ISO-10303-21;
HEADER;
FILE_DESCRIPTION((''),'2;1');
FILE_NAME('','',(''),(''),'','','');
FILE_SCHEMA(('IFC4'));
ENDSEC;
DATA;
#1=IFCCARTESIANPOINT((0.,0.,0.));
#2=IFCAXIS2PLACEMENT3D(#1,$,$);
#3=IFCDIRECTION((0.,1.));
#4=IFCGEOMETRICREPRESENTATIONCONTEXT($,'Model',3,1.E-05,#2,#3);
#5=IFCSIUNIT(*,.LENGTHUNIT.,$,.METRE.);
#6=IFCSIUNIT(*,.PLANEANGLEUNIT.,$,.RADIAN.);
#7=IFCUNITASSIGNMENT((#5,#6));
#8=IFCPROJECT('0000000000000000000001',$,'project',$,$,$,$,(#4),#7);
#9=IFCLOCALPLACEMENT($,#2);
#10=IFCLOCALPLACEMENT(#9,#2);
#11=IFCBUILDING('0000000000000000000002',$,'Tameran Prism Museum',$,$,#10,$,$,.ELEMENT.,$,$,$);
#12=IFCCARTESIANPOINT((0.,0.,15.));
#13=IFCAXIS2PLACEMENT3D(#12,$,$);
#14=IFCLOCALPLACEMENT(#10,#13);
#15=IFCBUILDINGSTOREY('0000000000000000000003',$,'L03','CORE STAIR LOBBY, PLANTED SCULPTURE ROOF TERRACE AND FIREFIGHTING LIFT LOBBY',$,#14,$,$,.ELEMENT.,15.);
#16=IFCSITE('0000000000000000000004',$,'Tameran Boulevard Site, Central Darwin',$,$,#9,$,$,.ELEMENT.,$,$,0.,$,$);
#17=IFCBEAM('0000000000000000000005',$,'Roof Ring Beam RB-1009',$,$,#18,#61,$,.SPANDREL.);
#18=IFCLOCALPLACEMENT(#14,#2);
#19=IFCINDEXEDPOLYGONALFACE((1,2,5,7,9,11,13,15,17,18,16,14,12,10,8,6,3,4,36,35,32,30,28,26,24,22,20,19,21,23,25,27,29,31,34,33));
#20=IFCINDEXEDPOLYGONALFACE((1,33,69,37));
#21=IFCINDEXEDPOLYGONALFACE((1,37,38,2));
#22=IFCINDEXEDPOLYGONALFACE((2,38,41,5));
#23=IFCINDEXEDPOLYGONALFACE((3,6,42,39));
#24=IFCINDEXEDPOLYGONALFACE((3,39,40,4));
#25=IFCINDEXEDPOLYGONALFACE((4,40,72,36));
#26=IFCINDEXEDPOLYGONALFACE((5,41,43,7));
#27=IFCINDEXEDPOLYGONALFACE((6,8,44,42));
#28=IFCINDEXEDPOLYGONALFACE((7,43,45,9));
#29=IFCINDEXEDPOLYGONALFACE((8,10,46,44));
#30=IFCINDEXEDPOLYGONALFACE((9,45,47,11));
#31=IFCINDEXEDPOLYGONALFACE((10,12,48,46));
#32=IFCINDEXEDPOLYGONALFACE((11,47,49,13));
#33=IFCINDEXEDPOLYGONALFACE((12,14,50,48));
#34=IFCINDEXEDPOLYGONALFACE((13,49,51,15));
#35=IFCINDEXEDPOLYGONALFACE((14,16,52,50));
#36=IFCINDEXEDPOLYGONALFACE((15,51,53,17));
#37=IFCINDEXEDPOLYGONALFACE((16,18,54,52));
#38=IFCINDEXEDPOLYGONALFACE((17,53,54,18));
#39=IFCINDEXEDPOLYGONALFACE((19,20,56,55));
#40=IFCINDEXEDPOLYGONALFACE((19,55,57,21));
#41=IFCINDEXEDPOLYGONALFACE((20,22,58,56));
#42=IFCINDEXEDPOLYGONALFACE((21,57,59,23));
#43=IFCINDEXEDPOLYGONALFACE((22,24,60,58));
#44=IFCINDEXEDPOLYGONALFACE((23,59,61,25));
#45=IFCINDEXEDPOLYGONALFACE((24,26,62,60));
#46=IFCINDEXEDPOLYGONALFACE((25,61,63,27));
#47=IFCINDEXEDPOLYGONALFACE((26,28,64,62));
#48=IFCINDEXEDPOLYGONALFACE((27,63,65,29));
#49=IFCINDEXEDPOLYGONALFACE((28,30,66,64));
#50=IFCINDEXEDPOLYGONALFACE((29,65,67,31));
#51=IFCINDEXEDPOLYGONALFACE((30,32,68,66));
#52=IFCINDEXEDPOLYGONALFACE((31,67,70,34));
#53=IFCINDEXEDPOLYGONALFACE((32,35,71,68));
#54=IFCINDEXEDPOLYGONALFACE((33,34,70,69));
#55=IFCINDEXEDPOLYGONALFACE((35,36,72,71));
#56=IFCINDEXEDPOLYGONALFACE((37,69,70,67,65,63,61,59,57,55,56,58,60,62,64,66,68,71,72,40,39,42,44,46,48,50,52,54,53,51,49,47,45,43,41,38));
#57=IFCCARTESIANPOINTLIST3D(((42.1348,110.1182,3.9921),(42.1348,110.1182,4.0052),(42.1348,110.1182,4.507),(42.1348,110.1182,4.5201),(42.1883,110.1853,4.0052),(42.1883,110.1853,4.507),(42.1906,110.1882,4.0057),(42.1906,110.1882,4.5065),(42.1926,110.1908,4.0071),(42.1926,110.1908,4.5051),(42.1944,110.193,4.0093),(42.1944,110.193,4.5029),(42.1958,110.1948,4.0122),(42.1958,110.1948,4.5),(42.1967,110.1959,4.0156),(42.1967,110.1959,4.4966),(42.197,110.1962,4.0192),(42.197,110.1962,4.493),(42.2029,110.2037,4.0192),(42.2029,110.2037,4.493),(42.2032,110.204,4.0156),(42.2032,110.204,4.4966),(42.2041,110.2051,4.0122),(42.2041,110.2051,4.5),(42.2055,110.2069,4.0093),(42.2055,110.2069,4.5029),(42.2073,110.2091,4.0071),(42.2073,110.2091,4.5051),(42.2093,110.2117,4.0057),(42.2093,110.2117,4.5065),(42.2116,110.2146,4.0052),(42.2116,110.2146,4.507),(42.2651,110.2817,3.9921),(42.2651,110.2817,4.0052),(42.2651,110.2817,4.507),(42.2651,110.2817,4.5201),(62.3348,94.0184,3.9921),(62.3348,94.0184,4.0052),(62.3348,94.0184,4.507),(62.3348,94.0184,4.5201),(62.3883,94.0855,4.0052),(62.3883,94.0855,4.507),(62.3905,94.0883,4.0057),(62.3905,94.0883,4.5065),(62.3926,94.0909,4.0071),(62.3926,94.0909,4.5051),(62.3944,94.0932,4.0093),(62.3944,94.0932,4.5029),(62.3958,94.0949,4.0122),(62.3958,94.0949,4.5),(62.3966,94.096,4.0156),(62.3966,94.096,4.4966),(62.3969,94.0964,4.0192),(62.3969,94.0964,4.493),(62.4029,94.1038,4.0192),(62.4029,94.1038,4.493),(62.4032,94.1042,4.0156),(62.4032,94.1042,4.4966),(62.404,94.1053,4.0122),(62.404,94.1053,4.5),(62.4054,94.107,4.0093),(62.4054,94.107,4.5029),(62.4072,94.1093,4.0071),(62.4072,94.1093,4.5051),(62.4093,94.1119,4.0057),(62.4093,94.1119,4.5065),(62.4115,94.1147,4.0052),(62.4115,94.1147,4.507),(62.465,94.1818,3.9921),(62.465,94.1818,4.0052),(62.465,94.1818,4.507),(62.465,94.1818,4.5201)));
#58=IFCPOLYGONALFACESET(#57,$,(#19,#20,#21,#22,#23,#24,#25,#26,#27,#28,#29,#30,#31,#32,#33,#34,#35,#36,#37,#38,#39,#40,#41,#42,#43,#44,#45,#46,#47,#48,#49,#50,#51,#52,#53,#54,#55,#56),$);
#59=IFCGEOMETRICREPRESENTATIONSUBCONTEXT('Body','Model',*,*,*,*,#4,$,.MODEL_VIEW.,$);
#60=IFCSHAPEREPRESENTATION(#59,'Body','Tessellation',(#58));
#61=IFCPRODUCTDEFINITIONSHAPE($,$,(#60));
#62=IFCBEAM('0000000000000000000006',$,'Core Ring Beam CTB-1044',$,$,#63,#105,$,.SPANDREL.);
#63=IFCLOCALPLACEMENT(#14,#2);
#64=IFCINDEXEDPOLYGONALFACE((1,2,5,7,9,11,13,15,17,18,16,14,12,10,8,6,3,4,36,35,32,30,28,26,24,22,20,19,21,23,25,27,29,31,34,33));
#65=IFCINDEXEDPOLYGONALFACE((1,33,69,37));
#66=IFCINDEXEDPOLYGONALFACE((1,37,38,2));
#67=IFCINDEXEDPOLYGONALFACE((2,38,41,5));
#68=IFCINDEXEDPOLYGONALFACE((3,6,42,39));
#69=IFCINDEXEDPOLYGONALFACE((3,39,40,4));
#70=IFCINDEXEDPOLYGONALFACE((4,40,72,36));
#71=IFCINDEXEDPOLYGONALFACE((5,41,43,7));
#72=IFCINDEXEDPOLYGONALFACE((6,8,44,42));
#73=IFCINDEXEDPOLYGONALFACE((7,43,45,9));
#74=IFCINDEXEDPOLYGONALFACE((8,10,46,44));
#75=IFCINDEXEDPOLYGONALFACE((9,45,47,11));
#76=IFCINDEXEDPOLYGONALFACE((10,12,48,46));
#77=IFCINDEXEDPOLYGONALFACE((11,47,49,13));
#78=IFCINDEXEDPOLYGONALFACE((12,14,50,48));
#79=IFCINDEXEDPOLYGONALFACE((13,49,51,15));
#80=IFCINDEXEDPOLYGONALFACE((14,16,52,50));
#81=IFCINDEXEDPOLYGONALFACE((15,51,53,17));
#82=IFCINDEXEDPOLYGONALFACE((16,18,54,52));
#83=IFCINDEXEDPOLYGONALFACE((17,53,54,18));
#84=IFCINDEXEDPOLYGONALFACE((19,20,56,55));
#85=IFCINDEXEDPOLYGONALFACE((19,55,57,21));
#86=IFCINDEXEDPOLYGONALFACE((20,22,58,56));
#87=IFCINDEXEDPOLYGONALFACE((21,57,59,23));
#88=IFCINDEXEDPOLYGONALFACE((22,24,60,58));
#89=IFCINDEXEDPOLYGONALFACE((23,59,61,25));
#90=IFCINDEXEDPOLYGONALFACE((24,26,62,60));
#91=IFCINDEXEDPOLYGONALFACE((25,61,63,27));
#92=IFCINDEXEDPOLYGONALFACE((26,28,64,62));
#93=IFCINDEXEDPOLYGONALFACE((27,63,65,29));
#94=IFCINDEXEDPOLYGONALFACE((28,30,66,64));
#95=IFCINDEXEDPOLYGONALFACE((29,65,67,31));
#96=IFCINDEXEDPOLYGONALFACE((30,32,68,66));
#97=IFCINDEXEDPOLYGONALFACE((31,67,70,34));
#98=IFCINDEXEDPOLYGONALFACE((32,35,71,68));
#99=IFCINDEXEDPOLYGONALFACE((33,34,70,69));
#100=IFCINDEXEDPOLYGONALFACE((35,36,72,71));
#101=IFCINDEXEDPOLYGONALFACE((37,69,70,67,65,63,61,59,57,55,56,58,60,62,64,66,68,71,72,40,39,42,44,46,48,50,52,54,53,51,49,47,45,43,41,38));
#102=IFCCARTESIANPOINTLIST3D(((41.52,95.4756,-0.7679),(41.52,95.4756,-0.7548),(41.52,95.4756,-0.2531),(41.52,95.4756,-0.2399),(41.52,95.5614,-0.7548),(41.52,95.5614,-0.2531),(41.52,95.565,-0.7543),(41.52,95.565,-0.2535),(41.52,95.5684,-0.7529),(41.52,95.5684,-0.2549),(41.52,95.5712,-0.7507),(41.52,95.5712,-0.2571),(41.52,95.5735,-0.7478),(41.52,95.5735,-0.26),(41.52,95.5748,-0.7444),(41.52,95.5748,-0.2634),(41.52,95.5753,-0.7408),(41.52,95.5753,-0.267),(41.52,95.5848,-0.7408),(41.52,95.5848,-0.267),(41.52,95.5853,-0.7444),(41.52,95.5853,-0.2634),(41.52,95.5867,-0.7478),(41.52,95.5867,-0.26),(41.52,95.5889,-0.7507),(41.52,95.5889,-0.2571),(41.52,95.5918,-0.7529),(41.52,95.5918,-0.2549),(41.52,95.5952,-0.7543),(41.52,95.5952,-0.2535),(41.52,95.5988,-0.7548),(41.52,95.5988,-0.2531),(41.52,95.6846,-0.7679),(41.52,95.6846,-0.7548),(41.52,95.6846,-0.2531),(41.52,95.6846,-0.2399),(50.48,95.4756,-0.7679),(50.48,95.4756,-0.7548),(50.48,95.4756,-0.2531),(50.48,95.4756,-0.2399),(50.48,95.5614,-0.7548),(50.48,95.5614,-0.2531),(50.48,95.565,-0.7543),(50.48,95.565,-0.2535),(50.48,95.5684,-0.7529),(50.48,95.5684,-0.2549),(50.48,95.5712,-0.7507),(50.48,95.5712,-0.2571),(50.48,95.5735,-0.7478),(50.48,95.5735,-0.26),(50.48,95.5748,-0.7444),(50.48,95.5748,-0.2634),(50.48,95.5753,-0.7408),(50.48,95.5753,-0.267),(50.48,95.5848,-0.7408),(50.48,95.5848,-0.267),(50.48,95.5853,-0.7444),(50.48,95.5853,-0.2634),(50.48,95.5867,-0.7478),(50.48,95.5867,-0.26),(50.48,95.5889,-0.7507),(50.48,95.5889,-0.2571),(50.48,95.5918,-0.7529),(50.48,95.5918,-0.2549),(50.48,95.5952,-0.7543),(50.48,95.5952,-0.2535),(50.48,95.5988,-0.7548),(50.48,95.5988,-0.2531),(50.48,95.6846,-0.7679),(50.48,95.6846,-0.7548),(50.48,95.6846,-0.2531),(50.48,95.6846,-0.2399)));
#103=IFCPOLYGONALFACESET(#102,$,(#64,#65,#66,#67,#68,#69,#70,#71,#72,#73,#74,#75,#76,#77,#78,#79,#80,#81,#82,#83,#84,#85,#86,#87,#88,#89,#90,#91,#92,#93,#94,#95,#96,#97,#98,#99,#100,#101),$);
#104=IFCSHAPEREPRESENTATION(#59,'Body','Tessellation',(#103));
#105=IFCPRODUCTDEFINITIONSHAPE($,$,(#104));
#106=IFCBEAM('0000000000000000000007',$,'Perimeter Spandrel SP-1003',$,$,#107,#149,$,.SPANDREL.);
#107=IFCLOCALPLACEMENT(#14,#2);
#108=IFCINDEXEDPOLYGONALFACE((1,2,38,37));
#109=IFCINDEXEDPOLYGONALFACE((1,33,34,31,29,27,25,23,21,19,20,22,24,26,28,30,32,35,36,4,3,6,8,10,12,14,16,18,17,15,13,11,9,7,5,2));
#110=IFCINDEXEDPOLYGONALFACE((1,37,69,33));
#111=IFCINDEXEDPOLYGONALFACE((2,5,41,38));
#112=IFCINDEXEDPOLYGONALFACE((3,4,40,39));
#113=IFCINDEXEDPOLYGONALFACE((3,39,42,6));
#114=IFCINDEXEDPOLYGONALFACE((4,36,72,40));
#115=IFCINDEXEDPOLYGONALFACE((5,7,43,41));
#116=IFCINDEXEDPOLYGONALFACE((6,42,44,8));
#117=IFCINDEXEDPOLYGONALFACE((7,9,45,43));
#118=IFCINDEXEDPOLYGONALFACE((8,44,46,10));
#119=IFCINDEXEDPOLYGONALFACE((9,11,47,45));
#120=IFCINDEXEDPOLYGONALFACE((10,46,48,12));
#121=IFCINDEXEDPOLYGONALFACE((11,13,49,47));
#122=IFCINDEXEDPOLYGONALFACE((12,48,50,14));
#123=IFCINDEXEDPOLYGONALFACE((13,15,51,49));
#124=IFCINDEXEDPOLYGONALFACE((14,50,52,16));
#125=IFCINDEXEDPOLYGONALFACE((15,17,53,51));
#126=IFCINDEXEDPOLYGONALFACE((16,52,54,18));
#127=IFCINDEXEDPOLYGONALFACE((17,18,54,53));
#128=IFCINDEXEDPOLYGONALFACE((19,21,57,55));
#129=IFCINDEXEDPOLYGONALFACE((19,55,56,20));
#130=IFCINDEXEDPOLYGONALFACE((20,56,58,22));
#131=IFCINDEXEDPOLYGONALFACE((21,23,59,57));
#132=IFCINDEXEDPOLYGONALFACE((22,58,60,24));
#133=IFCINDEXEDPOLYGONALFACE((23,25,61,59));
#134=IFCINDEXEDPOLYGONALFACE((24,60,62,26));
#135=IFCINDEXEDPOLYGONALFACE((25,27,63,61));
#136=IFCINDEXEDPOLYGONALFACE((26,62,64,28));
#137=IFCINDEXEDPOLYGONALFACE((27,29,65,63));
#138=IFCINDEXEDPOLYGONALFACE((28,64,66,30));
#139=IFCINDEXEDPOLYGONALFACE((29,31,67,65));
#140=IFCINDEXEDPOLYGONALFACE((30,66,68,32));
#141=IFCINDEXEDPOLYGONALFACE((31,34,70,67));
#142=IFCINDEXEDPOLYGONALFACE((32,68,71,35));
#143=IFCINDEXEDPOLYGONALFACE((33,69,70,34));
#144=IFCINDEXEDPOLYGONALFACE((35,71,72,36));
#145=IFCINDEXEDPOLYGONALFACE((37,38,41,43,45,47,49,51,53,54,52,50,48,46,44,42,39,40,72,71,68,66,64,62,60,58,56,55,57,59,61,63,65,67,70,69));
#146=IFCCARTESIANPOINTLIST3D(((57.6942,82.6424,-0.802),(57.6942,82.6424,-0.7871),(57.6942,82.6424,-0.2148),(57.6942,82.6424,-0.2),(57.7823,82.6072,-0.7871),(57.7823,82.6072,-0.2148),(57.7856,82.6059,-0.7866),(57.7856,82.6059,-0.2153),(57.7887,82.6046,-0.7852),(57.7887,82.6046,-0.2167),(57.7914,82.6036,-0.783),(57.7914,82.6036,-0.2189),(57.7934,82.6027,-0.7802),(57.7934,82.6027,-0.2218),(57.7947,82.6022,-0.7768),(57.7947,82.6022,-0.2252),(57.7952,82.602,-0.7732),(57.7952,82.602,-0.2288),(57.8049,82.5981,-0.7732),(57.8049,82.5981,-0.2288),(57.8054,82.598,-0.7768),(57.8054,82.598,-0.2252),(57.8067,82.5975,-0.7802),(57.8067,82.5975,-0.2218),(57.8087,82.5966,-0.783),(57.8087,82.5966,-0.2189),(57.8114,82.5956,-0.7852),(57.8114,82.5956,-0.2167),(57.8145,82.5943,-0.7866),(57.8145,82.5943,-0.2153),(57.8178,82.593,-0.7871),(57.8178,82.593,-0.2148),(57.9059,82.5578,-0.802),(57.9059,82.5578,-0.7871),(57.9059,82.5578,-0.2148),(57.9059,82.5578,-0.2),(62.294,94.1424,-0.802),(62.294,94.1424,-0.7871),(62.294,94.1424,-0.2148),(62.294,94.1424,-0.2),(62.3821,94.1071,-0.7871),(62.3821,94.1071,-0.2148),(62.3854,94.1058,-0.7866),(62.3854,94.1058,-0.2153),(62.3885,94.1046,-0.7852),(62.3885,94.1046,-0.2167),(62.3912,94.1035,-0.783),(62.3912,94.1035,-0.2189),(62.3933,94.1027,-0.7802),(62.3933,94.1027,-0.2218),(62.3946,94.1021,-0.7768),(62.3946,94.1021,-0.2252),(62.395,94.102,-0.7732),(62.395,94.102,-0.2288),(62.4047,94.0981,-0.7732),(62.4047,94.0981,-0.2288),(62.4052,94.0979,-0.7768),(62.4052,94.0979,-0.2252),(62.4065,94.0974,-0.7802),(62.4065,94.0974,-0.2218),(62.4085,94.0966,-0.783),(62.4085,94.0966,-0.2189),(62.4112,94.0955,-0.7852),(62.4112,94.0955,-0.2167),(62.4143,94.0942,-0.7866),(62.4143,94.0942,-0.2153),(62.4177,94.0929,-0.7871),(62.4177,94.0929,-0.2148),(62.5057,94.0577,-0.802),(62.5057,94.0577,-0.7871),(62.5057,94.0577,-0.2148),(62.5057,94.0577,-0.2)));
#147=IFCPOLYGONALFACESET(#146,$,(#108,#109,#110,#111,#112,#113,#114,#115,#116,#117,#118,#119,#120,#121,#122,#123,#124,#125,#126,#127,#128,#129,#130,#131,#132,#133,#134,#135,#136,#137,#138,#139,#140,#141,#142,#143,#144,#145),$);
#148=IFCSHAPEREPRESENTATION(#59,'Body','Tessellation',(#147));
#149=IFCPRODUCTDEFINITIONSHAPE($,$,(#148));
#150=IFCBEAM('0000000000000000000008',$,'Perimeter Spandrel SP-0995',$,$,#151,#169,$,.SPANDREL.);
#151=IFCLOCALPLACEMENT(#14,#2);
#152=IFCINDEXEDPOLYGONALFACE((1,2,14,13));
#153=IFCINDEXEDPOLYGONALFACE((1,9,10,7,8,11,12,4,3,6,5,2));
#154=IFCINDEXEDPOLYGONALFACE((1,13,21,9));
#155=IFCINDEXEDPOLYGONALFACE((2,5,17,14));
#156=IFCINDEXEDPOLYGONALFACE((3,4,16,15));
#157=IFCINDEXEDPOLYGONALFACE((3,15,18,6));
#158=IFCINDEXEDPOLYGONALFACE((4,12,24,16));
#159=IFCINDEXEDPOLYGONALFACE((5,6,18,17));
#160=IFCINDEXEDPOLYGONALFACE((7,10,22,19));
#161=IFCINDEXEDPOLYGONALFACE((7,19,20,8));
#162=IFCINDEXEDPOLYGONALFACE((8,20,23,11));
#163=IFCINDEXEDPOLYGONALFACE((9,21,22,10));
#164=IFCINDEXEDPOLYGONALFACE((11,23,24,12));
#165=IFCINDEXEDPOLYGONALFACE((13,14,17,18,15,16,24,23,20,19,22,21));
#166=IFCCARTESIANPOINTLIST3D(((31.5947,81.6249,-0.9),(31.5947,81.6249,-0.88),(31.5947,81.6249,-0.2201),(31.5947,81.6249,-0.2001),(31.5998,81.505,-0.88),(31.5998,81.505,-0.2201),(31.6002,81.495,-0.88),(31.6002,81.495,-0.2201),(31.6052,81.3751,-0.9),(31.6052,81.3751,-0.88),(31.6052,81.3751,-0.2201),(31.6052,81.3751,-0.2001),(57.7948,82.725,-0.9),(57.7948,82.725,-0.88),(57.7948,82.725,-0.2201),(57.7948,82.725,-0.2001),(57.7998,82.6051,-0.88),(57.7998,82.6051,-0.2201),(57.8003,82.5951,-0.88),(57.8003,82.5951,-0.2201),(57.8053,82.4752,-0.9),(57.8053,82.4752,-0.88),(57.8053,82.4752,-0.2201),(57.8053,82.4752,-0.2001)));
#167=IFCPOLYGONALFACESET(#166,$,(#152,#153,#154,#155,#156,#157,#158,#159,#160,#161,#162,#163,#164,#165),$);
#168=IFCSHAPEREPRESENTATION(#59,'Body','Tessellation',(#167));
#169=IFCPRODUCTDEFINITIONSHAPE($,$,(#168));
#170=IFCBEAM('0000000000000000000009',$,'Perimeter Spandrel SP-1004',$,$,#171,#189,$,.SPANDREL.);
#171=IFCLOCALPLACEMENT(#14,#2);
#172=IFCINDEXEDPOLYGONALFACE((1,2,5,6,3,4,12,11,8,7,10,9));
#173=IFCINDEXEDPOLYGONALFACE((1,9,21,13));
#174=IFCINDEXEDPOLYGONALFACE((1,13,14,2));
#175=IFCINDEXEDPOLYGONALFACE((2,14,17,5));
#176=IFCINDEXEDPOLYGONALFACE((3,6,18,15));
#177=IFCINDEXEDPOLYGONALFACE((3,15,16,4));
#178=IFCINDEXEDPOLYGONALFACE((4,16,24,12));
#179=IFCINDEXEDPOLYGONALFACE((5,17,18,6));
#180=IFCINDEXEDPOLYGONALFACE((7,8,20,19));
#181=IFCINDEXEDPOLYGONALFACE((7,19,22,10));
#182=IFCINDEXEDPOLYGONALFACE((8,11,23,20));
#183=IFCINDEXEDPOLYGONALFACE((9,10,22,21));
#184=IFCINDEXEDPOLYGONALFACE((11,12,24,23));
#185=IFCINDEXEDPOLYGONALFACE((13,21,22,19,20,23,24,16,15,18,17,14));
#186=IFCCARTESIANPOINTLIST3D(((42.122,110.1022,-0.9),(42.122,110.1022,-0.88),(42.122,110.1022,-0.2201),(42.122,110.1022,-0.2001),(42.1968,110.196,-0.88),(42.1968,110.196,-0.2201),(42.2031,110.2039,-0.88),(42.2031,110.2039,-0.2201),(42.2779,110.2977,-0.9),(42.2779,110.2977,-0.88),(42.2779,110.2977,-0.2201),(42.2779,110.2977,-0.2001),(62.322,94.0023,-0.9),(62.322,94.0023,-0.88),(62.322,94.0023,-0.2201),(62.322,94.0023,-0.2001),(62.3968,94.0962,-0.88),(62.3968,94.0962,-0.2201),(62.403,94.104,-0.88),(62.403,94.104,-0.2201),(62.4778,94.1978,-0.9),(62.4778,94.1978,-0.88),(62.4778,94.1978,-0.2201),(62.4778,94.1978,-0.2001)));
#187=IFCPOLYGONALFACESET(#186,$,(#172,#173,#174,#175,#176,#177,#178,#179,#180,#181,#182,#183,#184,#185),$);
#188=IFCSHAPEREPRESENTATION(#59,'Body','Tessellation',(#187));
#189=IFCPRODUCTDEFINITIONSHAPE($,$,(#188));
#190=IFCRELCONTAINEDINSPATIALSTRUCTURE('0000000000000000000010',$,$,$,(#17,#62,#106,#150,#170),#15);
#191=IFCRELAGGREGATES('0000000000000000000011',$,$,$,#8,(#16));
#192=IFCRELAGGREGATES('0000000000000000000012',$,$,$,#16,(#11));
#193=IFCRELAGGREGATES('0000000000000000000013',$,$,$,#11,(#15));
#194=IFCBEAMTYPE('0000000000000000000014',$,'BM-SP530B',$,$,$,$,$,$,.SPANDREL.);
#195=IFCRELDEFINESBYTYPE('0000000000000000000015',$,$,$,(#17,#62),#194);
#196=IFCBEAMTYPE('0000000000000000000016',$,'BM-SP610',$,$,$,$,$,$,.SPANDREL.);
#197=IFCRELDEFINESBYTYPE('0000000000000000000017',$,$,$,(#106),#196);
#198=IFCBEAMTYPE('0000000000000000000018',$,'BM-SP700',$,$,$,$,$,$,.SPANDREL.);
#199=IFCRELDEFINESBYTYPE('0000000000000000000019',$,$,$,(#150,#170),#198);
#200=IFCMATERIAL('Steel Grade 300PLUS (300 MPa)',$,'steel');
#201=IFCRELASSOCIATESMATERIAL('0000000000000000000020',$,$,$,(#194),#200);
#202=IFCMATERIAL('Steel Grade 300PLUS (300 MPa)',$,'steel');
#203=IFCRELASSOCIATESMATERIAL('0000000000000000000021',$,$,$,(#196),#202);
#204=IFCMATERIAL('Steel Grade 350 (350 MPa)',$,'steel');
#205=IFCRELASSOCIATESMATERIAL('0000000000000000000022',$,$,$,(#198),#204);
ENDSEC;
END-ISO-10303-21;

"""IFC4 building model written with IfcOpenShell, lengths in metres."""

from ifc_helpers import new_model, si_unit, direction, frame, origin, origin_2d, place, context, subcontext, project, spatial, i_section, extrude, material, material_profile, profile_set, type_object, element, save


model = new_model("IFC4")

# Units and contexts
model_context = context("Model", 3, precision=1e-05, world=origin(), true_north=direction((0.0, 1.0)))
body_context = subcontext(model_context, "Body", "Model", "MODEL_VIEW")
ifc_project = project(units=[si_unit("LENGTHUNIT", "METRE"), si_unit("PLANEANGLEUNIT", "RADIAN")], contexts=[model_context])

# Site, building, storey
site_placement = place(None, origin())
site = spatial("IfcSite", under=ifc_project, at=site_placement, Name="Tameran Boulevard Site, Central Darwin", CompositionType="ELEMENT", RefElevation=0.0)
building_placement = place(site_placement, origin())
building = spatial("IfcBuilding", under=site, at=building_placement, Name="Tameran Prism Museum", CompositionType="ELEMENT")
storey_placement = place(building_placement, frame((0.0, 0.0, 15.0)))
storey = spatial("IfcBuildingStorey", under=building, at=storey_placement, Name="L03", Description="CORE STAIR LOBBY, PLANTED SCULPTURE ROOF TERRACE AND FIREFIGHTING LIFT LOBBY", CompositionType="ELEMENT", Elevation=15.0)

# Beams
ifc_material_1 = material(Name="Steel Grade 300PLUS (300 MPa)", Category="steel")
ifc_material_profile_1 = material_profile(ifc_material_1, i_section(OverallWidth=0.209, OverallDepth=0.5281, WebThickness=0.0095, FlangeThickness=0.0132, FilletRadius=0.0139, at=origin_2d()))
ifc_profile_set_1 = profile_set([ifc_material_profile_1])
beam_type_1 = type_object("IfcBeamType", Name="BM-SP530B", PredefinedType="SPANDREL", material=ifc_profile_set_1)
beam_1_placement = place(storey_placement, frame((62.3999, 94.1001, 4.2561), z_axis=(-0.782003, 0.623275, 0.0), x_axis=(-0.623275, -0.782003, 0.0)))
element("IfcBeam", 1, at=beam_1_placement, inside=storey, type_object=beam_type_1, Name="Roof Ring Beam RB-1009", PredefinedType="SPANDREL", context=body_context, shape_type="SweptSolid", body=[
    extrude(i_section(OverallWidth=0.209, OverallDepth=0.5281, WebThickness=0.0095, FlangeThickness=0.0132, FilletRadius=0.0139, at=origin_2d()), origin(), (0.0, 0.0, 1.0), 25.8311),
])
beam_2_placement = place(storey_placement, frame((50.48, 95.5801, -0.5039), z_axis=(-1.0, 0.0, 0.0), x_axis=(0.0, -1.0, 0.0)))
element("IfcBeam", 2, at=beam_2_placement, inside=storey, type_object=beam_type_1, Name="Core Ring Beam CTB-1044", PredefinedType="SPANDREL", context=body_context, shape_type="SweptSolid", body=[
    extrude(i_section(OverallWidth=0.209, OverallDepth=0.5281, WebThickness=0.0095, FlangeThickness=0.0132, FilletRadius=0.0139, at=origin_2d()), origin(), (0.0, 0.0, 1.0), 8.96),
])
ifc_material_2 = material(Name="Steel Grade 300PLUS (300 MPa)", Category="steel")
ifc_material_profile_2 = material_profile(ifc_material_2, i_section(OverallWidth=0.228, OverallDepth=0.6021, WebThickness=0.0105, FlangeThickness=0.0149, FilletRadius=0.0139, at=origin_2d()))
ifc_profile_set_2 = profile_set([ifc_material_profile_2])
beam_type_2 = type_object("IfcBeamType", Name="BM-SP610", PredefinedType="SPANDREL", material=ifc_profile_set_2)
beam_3_placement = place(storey_placement, frame((57.8, 82.6001, -0.501), z_axis=(0.37138, 0.928481, 0.0), x_axis=(-0.928481, 0.37138, 0.0)))
element("IfcBeam", 3, at=beam_3_placement, inside=storey, type_object=beam_type_2, Name="Perimeter Spandrel SP-1003", PredefinedType="SPANDREL", context=body_context, shape_type="SweptSolid", body=[
    extrude(i_section(OverallWidth=0.228, OverallDepth=0.6021, WebThickness=0.0105, FlangeThickness=0.0149, FilletRadius=0.0139, at=origin_2d()), origin(), (0.0, 0.0, 1.0), 12.3857),
])
ifc_material_3 = material(Name="Steel Grade 350 (350 MPa)", Category="steel")
ifc_material_profile_3 = material_profile(ifc_material_3, i_section(OverallWidth=0.25, OverallDepth=0.7, WebThickness=0.01, FlangeThickness=0.02, at=origin_2d()))
ifc_profile_set_3 = profile_set([ifc_material_profile_3])
beam_type_3 = type_object("IfcBeamType", Name="BM-SP700", PredefinedType="SPANDREL", material=ifc_profile_set_3)
beam_4_placement = place(storey_placement, frame((57.8, 82.6001, -0.55), z_axis=(-0.99912, -0.041952, 0.0), x_axis=(0.041952, -0.99912, 0.0)))
element("IfcBeam", 4, at=beam_4_placement, inside=storey, type_object=beam_type_3, Name="Perimeter Spandrel SP-0995", PredefinedType="SPANDREL", context=body_context, shape_type="SweptSolid", body=[
    extrude(i_section(OverallWidth=0.25, OverallDepth=0.7, WebThickness=0.01, FlangeThickness=0.02, at=origin_2d()), origin(), (0.0, 0.0, 1.0), 26.2231),
])
beam_5_placement = place(storey_placement, frame((62.3999, 94.1001, -0.55), z_axis=(-0.782003, 0.623275, 0.0), x_axis=(-0.623275, -0.782003, 0.0)))
element("IfcBeam", 5, at=beam_5_placement, inside=storey, type_object=beam_type_3, Name="Perimeter Spandrel SP-1004", PredefinedType="SPANDREL", context=body_context, shape_type="SweptSolid", body=[
    extrude(i_section(OverallWidth=0.25, OverallDepth=0.7, WebThickness=0.01, FlangeThickness=0.02, at=origin_2d()), origin(), (0.0, 0.0, 1.0), 25.8311),
])

save(model, "model.ifc")
